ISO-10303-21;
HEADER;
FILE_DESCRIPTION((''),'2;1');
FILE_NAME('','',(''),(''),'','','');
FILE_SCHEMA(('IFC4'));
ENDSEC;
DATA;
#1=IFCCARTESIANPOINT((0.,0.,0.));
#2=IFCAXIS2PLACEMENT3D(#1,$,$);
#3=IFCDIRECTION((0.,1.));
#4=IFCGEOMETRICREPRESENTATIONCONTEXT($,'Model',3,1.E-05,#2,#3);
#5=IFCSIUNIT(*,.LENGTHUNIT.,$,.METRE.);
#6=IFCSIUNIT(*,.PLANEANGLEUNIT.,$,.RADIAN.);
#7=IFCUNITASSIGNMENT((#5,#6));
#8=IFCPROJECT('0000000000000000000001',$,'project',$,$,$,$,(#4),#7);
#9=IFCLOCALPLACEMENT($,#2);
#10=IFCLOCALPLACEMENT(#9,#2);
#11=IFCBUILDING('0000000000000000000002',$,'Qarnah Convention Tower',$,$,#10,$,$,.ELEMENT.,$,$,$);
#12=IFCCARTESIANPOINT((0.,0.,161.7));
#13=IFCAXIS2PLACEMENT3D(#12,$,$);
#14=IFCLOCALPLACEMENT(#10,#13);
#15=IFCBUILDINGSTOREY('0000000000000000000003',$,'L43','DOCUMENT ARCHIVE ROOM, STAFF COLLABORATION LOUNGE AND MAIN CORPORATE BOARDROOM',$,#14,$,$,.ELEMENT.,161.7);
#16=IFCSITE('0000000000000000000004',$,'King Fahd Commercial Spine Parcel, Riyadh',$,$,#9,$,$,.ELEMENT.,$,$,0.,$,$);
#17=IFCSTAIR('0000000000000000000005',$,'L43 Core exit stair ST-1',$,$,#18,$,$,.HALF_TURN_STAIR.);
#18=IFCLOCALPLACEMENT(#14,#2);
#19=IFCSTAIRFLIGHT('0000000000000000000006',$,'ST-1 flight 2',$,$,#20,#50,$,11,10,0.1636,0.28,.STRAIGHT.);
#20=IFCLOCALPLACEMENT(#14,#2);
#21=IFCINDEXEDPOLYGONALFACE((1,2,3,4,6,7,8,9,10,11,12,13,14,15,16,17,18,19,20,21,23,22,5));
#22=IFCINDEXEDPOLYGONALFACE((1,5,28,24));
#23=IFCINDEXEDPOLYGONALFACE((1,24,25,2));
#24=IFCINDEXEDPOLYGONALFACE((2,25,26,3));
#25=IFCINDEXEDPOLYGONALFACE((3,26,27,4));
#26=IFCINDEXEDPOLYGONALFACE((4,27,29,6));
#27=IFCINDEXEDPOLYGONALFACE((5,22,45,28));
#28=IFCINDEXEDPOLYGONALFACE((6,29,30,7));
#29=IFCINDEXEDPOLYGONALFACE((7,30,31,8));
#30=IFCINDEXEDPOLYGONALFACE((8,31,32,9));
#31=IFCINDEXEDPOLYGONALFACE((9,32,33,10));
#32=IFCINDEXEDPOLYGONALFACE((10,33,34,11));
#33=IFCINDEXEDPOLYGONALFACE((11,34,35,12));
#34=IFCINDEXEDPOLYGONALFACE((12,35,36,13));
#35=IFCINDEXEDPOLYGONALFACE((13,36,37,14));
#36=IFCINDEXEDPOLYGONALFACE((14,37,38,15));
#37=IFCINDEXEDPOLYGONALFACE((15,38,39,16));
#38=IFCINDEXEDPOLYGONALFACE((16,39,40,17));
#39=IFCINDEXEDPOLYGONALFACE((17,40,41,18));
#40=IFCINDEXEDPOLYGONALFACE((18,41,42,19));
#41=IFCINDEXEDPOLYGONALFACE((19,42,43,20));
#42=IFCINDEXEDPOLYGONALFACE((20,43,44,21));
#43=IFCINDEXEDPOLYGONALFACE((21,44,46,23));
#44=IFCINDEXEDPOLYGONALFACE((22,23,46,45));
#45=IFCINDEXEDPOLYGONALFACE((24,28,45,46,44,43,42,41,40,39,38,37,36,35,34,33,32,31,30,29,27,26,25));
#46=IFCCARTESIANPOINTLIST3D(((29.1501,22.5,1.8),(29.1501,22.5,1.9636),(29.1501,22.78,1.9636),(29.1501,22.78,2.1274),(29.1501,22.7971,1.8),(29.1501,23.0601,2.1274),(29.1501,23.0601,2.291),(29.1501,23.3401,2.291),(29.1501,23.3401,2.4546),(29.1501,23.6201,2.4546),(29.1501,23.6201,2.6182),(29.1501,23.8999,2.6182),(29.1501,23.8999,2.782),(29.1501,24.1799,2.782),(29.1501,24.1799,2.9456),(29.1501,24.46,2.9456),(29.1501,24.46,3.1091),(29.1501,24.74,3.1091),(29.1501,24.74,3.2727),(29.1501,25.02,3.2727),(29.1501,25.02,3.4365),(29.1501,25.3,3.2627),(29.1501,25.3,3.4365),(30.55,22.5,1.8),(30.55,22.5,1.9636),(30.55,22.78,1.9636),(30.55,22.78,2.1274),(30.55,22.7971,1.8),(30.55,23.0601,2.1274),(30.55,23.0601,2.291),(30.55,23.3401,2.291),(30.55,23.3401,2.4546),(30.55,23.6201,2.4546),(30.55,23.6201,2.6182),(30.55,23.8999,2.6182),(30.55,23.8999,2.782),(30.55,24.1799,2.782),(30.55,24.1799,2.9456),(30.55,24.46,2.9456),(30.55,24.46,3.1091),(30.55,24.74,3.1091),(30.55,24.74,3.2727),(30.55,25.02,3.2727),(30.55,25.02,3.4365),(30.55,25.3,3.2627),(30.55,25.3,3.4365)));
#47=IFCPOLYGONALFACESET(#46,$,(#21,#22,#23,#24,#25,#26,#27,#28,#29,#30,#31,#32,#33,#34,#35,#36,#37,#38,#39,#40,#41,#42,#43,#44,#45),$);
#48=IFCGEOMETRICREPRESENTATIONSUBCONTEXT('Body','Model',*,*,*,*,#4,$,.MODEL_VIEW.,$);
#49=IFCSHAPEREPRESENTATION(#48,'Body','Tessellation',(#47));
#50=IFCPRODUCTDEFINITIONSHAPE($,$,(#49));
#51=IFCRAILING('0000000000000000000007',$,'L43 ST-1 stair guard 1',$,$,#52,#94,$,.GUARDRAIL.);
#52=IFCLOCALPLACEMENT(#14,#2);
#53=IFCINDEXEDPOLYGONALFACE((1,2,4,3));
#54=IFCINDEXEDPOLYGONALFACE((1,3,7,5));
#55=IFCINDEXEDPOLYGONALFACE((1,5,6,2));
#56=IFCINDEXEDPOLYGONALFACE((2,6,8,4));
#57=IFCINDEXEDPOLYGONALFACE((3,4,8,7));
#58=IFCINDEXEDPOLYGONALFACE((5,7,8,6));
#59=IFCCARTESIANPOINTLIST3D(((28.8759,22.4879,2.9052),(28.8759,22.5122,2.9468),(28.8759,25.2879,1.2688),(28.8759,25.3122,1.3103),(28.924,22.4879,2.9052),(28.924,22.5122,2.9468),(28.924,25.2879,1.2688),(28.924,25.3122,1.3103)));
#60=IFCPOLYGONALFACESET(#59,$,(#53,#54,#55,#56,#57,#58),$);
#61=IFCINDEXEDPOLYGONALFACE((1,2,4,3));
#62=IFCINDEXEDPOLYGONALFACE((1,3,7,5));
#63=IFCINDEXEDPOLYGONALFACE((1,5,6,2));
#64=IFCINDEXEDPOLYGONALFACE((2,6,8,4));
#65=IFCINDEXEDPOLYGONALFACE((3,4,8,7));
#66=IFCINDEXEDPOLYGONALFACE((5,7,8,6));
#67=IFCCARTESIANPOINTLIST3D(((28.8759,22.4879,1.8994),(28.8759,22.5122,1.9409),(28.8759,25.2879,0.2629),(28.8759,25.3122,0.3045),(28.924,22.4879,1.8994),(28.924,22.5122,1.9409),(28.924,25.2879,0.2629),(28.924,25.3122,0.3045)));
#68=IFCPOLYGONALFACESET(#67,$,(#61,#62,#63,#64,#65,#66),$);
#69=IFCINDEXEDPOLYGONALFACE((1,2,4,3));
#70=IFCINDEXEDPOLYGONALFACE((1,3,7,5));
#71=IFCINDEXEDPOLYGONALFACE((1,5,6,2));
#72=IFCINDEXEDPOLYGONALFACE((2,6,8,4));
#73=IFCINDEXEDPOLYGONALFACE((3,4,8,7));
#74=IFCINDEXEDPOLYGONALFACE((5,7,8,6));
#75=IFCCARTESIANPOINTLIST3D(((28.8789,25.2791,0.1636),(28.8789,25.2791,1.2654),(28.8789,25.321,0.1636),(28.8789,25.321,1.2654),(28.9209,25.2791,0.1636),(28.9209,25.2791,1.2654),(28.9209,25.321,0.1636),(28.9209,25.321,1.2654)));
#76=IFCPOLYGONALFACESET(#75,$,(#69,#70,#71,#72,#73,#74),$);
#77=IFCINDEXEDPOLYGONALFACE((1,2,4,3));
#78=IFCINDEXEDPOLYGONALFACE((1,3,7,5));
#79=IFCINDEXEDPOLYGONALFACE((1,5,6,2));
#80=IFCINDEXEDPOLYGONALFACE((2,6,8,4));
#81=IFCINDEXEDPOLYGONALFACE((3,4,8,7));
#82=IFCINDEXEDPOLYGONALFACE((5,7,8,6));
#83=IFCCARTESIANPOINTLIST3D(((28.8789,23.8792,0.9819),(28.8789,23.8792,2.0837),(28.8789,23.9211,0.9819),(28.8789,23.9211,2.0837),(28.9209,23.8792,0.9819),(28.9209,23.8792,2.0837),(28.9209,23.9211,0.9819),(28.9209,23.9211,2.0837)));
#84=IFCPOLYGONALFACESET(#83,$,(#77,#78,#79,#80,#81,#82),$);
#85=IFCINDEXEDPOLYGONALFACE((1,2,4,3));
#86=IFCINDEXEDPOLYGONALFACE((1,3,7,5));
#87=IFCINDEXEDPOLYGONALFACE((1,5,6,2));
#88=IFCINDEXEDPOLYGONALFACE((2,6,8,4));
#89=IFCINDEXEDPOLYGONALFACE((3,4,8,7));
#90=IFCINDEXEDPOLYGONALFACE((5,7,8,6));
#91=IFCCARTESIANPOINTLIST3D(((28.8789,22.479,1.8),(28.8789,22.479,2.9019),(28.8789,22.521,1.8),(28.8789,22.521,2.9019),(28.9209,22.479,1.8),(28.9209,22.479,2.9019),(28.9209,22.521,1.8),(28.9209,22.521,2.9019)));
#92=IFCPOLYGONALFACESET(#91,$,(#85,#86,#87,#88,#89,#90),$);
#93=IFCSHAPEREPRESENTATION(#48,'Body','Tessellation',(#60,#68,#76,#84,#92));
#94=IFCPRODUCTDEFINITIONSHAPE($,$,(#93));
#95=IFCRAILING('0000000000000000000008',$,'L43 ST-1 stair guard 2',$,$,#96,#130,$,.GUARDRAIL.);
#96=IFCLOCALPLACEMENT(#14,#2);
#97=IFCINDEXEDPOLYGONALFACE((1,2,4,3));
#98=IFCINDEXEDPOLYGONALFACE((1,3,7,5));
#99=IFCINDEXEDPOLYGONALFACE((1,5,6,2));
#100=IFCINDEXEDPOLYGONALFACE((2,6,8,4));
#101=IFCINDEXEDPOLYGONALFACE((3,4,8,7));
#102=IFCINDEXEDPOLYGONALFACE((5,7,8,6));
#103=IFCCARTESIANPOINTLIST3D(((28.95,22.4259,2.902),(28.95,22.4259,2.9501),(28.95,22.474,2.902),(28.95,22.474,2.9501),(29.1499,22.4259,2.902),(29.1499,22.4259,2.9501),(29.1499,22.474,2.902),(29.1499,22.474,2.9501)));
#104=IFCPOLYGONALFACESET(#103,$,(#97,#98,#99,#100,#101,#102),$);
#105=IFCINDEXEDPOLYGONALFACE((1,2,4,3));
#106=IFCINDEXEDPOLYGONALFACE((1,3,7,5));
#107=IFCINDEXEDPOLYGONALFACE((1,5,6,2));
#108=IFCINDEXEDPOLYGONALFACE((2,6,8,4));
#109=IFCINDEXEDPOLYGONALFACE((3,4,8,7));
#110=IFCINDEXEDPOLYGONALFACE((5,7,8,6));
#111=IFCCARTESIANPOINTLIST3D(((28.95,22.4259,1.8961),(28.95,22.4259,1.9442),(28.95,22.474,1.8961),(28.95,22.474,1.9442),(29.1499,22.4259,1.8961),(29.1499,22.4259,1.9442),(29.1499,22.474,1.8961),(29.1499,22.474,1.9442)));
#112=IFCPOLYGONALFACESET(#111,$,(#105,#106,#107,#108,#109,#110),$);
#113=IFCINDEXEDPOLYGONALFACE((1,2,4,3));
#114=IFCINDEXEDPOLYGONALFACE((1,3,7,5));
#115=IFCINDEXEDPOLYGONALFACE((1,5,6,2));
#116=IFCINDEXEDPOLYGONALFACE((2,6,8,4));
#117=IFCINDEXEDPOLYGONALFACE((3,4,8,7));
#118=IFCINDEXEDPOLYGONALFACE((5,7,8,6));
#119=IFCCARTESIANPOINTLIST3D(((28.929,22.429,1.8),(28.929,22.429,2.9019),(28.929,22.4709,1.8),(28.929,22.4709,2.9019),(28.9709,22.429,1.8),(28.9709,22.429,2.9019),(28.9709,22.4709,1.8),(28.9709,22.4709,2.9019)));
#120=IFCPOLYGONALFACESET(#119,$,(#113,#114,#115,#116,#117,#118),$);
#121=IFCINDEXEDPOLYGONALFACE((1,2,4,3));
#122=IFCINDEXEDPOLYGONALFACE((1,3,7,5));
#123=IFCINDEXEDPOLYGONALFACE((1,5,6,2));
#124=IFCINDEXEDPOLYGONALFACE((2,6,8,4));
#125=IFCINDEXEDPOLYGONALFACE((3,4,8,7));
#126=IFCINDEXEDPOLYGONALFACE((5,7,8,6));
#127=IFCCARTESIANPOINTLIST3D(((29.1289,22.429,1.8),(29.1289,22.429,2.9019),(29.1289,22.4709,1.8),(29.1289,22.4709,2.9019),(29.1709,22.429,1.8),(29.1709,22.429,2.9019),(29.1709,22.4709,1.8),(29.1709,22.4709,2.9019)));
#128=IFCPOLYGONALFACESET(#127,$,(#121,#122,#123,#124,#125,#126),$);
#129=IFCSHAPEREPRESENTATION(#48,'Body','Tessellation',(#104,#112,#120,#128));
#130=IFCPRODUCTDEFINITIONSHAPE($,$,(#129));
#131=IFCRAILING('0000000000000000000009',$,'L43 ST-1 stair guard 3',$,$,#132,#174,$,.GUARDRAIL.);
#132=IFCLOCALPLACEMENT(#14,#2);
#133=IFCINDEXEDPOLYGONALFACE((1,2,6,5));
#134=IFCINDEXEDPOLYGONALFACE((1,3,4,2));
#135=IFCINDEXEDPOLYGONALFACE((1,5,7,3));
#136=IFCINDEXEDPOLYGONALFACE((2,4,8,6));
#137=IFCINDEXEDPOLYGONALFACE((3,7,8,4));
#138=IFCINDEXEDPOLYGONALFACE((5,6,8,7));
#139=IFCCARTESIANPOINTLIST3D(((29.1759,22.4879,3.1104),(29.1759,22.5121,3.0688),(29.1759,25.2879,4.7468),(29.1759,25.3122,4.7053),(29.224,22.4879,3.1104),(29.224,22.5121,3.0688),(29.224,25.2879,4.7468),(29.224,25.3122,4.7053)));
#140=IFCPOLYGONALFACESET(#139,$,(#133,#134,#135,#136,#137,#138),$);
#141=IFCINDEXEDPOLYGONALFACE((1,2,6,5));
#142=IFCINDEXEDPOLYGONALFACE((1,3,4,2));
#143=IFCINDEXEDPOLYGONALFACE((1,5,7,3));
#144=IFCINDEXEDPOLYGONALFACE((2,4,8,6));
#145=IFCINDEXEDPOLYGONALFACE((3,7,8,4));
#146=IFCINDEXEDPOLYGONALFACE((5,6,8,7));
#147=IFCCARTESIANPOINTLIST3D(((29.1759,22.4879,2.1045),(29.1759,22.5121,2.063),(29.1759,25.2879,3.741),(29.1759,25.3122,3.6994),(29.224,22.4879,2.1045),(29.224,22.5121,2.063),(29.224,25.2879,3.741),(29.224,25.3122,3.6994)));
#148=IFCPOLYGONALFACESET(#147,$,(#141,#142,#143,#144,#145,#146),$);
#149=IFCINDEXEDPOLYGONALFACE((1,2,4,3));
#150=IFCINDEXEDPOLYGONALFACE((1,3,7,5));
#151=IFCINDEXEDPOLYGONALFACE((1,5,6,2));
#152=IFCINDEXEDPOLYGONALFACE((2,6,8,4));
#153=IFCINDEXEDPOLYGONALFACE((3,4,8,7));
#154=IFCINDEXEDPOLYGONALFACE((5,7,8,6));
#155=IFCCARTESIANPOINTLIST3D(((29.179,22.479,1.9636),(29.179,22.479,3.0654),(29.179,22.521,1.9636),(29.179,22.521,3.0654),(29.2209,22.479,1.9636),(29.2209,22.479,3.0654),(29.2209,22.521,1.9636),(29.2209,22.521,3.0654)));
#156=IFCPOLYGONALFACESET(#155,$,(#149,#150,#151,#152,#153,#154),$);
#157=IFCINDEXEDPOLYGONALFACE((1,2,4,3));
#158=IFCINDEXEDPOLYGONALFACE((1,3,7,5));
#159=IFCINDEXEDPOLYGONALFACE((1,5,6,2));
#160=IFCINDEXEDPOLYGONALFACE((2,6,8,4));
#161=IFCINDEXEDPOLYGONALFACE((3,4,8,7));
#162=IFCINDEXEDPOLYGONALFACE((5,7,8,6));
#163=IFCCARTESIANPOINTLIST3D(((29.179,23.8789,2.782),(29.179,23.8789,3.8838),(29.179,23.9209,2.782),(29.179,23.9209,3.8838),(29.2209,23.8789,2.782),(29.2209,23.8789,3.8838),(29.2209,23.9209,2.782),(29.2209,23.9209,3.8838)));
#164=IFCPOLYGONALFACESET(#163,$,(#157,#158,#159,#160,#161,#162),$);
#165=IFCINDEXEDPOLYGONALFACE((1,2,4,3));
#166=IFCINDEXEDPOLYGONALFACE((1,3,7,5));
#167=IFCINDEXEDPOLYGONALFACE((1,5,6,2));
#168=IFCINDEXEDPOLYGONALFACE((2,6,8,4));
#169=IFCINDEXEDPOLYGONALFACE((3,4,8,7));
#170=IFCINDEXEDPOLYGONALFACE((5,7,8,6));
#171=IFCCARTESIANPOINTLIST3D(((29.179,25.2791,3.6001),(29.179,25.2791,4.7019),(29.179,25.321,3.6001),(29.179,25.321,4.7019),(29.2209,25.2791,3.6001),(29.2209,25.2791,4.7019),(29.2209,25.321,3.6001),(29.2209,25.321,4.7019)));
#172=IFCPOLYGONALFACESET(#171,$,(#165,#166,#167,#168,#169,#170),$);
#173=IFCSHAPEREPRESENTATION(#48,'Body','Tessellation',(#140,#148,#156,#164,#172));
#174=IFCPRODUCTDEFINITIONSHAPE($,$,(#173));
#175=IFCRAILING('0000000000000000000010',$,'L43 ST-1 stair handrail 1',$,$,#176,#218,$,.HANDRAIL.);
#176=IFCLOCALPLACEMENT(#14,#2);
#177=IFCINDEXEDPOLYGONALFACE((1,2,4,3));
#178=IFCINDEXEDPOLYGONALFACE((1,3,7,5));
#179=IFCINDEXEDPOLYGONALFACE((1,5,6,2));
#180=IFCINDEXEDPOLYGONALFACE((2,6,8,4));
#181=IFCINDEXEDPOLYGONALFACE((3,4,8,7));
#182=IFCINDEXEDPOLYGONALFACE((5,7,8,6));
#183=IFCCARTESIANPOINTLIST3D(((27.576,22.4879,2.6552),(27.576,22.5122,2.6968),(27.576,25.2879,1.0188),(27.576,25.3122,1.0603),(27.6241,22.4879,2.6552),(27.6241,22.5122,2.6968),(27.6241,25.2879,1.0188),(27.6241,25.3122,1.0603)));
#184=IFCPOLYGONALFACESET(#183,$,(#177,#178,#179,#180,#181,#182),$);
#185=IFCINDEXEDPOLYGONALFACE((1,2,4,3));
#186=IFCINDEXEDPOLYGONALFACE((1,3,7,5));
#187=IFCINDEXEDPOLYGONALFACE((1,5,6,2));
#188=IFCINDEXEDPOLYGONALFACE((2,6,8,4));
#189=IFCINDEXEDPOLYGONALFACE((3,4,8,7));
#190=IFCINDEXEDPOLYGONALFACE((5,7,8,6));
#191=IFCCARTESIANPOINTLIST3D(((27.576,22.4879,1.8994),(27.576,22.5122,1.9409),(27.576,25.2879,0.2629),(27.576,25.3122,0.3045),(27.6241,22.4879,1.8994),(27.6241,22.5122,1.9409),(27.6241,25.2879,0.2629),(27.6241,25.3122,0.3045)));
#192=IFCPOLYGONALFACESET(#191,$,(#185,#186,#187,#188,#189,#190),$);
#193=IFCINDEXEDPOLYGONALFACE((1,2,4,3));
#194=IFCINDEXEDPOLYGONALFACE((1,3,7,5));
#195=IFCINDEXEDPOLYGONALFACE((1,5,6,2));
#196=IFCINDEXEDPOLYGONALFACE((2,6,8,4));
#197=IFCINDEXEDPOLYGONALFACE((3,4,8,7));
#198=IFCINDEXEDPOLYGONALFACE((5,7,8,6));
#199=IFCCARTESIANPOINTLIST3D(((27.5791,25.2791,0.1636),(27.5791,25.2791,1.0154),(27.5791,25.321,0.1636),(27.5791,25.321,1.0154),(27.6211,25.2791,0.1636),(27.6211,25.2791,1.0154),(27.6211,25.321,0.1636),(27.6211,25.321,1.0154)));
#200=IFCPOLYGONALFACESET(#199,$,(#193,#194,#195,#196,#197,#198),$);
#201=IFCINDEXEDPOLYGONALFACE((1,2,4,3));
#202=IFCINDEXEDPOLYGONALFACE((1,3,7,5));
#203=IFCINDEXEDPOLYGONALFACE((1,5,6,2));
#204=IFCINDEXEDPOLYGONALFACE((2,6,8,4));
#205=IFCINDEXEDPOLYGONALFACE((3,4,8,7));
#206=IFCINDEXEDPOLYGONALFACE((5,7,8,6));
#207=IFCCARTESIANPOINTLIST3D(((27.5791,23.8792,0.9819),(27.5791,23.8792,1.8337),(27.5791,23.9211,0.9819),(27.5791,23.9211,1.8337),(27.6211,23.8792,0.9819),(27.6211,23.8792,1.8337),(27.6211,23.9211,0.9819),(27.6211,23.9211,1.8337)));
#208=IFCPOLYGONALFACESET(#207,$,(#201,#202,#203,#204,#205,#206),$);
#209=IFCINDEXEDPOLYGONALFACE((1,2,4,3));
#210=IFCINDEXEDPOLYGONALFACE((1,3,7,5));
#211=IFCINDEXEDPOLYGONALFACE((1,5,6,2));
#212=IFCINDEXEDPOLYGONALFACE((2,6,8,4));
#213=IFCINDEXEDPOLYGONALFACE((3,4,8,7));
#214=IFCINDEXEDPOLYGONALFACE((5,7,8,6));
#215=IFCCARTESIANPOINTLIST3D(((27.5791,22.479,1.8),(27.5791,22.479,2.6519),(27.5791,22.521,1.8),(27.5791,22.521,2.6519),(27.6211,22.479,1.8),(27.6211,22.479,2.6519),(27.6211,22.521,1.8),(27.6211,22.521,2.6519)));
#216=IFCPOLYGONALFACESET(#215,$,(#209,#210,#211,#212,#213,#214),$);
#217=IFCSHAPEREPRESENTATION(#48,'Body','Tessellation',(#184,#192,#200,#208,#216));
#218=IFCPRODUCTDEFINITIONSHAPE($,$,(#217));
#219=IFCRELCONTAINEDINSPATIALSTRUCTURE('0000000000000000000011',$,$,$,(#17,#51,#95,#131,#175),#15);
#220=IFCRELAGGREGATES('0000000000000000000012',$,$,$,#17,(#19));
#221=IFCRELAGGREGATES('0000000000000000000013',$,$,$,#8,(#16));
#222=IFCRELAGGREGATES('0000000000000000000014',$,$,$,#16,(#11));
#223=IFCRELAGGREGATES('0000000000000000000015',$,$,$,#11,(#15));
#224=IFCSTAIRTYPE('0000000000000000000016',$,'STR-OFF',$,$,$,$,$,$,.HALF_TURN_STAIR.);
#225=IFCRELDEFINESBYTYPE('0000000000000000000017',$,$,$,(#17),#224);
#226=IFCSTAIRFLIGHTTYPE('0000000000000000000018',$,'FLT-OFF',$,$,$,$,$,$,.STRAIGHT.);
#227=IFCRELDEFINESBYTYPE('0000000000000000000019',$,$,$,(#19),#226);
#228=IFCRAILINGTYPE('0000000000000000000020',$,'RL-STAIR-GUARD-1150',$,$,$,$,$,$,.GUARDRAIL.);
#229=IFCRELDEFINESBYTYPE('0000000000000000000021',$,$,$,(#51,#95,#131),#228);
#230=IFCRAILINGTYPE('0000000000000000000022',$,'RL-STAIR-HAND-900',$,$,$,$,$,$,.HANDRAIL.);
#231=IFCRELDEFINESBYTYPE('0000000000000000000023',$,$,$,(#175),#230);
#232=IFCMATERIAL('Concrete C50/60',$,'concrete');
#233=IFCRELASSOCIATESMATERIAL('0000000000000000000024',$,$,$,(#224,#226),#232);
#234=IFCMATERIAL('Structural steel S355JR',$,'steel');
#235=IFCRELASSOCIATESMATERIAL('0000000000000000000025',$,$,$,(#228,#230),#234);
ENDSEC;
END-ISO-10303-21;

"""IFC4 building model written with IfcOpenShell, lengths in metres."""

from ifc_helpers import new_model, si_unit, direction, frame, origin, origin_2d, place, context, subcontext, project, spatial, polyline, rectangle, outline, extrude, material, type_object, element, aggregate, save


model = new_model("IFC4")

# Units and contexts
model_context = context("Model", 3, precision=1e-05, world=origin(), true_north=direction((0.0, 1.0)))
body_context = subcontext(model_context, "Body", "Model", "MODEL_VIEW")
ifc_project = project(units=[si_unit("LENGTHUNIT", "METRE"), si_unit("PLANEANGLEUNIT", "RADIAN")], contexts=[model_context])

# Site, building, storey
site_placement = place(None, origin())
site = spatial("IfcSite", under=ifc_project, at=site_placement, Name="King Fahd Commercial Spine Parcel, Riyadh", CompositionType="ELEMENT", RefElevation=0.0)
building_placement = place(site_placement, origin())
building = spatial("IfcBuilding", under=site, at=building_placement, Name="Qarnah Convention Tower", CompositionType="ELEMENT")
storey_placement = place(building_placement, frame((0.0, 0.0, 161.7)))
storey = spatial("IfcBuildingStorey", under=building, at=storey_placement, Name="L43", Description="DOCUMENT ARCHIVE ROOM, STAFF COLLABORATION LOUNGE AND MAIN CORPORATE BOARDROOM", CompositionType="ELEMENT", Elevation=161.7)

# Shared definitions
ifc_material_1 = material(Name="Structural steel S355JR", Category="steel")

# Stair, stair flight
ifc_material_2 = material(Name="Concrete C50/60", Category="concrete")
stair_type = type_object("IfcStairType", Name="STR-OFF", PredefinedType="HALF_TURN_STAIR", material=ifc_material_2)
stair_placement = place(storey_placement, origin())
stair = element("IfcStair", 1, at=stair_placement, inside=storey, type_object=stair_type, Name="L43 Core exit stair ST-1", PredefinedType="HALF_TURN_STAIR")
stair_flight_type = type_object("IfcStairFlightType", Name="FLT-OFF", PredefinedType="STRAIGHT", material=ifc_material_2)
stair_flight_1_placement = place(storey_placement, frame((29.8501, 22.5, 1.8), z_axis=(0.0, 0.0, 1.0), x_axis=(0.0, 1.0, 0.0)))
stair_flight_1 = element("IfcStairFlight", 2, at=stair_flight_1_placement, type_object=stair_flight_type, Name="ST-1 flight 2", NumberOfRisers=11, NumberOfTreads=10, PredefinedType="STRAIGHT", RiserHeight=0.1636, TreadLength=0.28, context=body_context, shape_type="SweptSolid", body=[
    extrude(outline(polyline([(0.0, 0.0), (0.0, 0.1636), (0.28, 0.1636), (0.28, 0.3274), (0.5601, 0.3274), (0.5601, 0.491), (0.8401, 0.491), (0.8401, 0.6545), (1.1201, 0.6545), (1.1201, 0.8181), (1.3999, 0.8181), (1.3999, 0.9819), (1.6799, 0.9819), (1.6799, 1.1455), (1.96, 1.1455), (1.96, 1.3091), (2.24, 1.3091), (2.24, 1.4727), (2.52, 1.4727), (2.52, 1.6365), (2.8, 1.6365), (2.8, 1.8), (2.8, 1.4626), (0.2971, 0.0), (0.0, 0.0)])), frame((0.0, 0.7, 0.0), z_axis=(0.0, -1.0, 0.0), x_axis=(1.0, 0.0, 0.0)), (0.0, 0.0, 1.0), 1.3999),
])
aggregate(stair, [stair_flight_1])

# Railings
railing_type_1 = type_object("IfcRailingType", Name="RL-STAIR-GUARD-1150", PredefinedType="GUARDRAIL", material=ifc_material_1)
railing_1_placement = place(storey_placement, frame((28.8999, 25.3, 0.1636)))
element("IfcRailing", 3, at=railing_1_placement, inside=storey, type_object=railing_type_1, Name="L43 ST-1 stair guard 1", PredefinedType="GUARDRAIL", context=body_context, shape_type="SweptSolid", body=[
    extrude(rectangle(XDim=0.0481, YDim=0.0481, at=origin_2d()), frame((0.0, 0.0, 1.126), z_axis=(0.0, -0.863361, 0.504587), x_axis=(1.0, 0.0, 0.0)), (0.0, 0.0, 1.0), 3.2432),
    extrude(rectangle(XDim=0.0481, YDim=0.0481, at=origin_2d()), frame((0.0, 0.0, 0.1201), z_axis=(0.0, -0.863361, 0.504587), x_axis=(1.0, 0.0, 0.0)), (0.0, 0.0, 1.0), 3.2432),
    extrude(rectangle(XDim=0.042, YDim=0.042, at=origin_2d()), origin(), (0.0, 0.0, 1.0), 1.1018),
    extrude(rectangle(XDim=0.042, YDim=0.042, at=origin_2d()), frame((0.0, -1.3999, 0.8184)), (0.0, 0.0, 1.0), 1.1018),
    extrude(rectangle(XDim=0.042, YDim=0.042, at=origin_2d()), frame((0.0, -2.8, 1.6365)), (0.0, 0.0, 1.0), 1.1018),
])
railing_2_placement = place(storey_placement, frame((28.95, 22.45, 1.8)))
element("IfcRailing", 4, at=railing_2_placement, inside=storey, type_object=railing_type_1, Name="L43 ST-1 stair guard 2", PredefinedType="GUARDRAIL", context=body_context, shape_type="SweptSolid", body=[
    extrude(rectangle(XDim=0.0481, YDim=0.0481, at=origin_2d()), frame((0.0, 0.0, 1.126), z_axis=(1.0, 0.0, 0.0), x_axis=(0.0, 1.0, 0.0)), (0.0, 0.0, 1.0), 0.2),
    extrude(rectangle(XDim=0.0481, YDim=0.0481, at=origin_2d()), frame((0.0, 0.0, 0.1201), z_axis=(1.0, 0.0, 0.0), x_axis=(0.0, 1.0, 0.0)), (0.0, 0.0, 1.0), 0.2),
    extrude(rectangle(XDim=0.042, YDim=0.042, at=origin_2d()), origin(), (0.0, 0.0, 1.0), 1.1018),
    extrude(rectangle(XDim=0.042, YDim=0.042, at=origin_2d()), frame((0.2, 0.0, 0.0)), (0.0, 0.0, 1.0), 1.1018),
])
railing_3_placement = place(storey_placement, frame((29.2, 22.5, 1.9636)))
element("IfcRailing", 5, at=railing_3_placement, inside=storey, type_object=railing_type_1, Name="L43 ST-1 stair guard 3", PredefinedType="GUARDRAIL", context=body_context, shape_type="SweptSolid", body=[
    extrude(rectangle(XDim=0.0481, YDim=0.0481, at=origin_2d()), frame((0.0, 0.0, 1.126), z_axis=(0.0, 0.863361, 0.504587), x_axis=(-1.0, 0.0, 0.0)), (0.0, 0.0, 1.0), 3.2432),
    extrude(rectangle(XDim=0.0481, YDim=0.0481, at=origin_2d()), frame((0.0, 0.0, 0.1201), z_axis=(0.0, 0.863361, 0.504587), x_axis=(-1.0, 0.0, 0.0)), (0.0, 0.0, 1.0), 3.2432),
    extrude(rectangle(XDim=0.042, YDim=0.042, at=origin_2d()), origin(), (0.0, 0.0, 1.0), 1.1018),
    extrude(rectangle(XDim=0.042, YDim=0.042, at=origin_2d()), frame((0.0, 1.3999, 0.8184)), (0.0, 0.0, 1.0), 1.1018),
    extrude(rectangle(XDim=0.042, YDim=0.042, at=origin_2d()), frame((0.0, 2.8, 1.6365)), (0.0, 0.0, 1.0), 1.1018),
])
railing_type_2 = type_object("IfcRailingType", Name="RL-STAIR-HAND-900", PredefinedType="HANDRAIL", material=ifc_material_1)
railing_4_placement = place(storey_placement, frame((27.6001, 25.3, 0.1636)))
element("IfcRailing", 6, at=railing_4_placement, inside=storey, type_object=railing_type_2, Name="L43 ST-1 stair handrail 1", PredefinedType="HANDRAIL", context=body_context, shape_type="SweptSolid", body=[
    extrude(rectangle(XDim=0.0481, YDim=0.0481, at=origin_2d()), frame((0.0, 0.0, 0.876), z_axis=(0.0, -0.863361, 0.504587), x_axis=(1.0, 0.0, 0.0)), (0.0, 0.0, 1.0), 3.2432),
    extrude(rectangle(XDim=0.0481, YDim=0.0481, at=origin_2d()), frame((0.0, 0.0, 0.1201), z_axis=(0.0, -0.863361, 0.504587), x_axis=(1.0, 0.0, 0.0)), (0.0, 0.0, 1.0), 3.2432),
    extrude(rectangle(XDim=0.042, YDim=0.042, at=origin_2d()), origin(), (0.0, 0.0, 1.0), 0.8518),
    extrude(rectangle(XDim=0.042, YDim=0.042, at=origin_2d()), frame((0.0, -1.3999, 0.8184)), (0.0, 0.0, 1.0), 0.8518),
    extrude(rectangle(XDim=0.042, YDim=0.042, at=origin_2d()), frame((0.0, -2.8, 1.6365)), (0.0, 0.0, 1.0), 0.8518),
])

save(model, "model.ifc")
